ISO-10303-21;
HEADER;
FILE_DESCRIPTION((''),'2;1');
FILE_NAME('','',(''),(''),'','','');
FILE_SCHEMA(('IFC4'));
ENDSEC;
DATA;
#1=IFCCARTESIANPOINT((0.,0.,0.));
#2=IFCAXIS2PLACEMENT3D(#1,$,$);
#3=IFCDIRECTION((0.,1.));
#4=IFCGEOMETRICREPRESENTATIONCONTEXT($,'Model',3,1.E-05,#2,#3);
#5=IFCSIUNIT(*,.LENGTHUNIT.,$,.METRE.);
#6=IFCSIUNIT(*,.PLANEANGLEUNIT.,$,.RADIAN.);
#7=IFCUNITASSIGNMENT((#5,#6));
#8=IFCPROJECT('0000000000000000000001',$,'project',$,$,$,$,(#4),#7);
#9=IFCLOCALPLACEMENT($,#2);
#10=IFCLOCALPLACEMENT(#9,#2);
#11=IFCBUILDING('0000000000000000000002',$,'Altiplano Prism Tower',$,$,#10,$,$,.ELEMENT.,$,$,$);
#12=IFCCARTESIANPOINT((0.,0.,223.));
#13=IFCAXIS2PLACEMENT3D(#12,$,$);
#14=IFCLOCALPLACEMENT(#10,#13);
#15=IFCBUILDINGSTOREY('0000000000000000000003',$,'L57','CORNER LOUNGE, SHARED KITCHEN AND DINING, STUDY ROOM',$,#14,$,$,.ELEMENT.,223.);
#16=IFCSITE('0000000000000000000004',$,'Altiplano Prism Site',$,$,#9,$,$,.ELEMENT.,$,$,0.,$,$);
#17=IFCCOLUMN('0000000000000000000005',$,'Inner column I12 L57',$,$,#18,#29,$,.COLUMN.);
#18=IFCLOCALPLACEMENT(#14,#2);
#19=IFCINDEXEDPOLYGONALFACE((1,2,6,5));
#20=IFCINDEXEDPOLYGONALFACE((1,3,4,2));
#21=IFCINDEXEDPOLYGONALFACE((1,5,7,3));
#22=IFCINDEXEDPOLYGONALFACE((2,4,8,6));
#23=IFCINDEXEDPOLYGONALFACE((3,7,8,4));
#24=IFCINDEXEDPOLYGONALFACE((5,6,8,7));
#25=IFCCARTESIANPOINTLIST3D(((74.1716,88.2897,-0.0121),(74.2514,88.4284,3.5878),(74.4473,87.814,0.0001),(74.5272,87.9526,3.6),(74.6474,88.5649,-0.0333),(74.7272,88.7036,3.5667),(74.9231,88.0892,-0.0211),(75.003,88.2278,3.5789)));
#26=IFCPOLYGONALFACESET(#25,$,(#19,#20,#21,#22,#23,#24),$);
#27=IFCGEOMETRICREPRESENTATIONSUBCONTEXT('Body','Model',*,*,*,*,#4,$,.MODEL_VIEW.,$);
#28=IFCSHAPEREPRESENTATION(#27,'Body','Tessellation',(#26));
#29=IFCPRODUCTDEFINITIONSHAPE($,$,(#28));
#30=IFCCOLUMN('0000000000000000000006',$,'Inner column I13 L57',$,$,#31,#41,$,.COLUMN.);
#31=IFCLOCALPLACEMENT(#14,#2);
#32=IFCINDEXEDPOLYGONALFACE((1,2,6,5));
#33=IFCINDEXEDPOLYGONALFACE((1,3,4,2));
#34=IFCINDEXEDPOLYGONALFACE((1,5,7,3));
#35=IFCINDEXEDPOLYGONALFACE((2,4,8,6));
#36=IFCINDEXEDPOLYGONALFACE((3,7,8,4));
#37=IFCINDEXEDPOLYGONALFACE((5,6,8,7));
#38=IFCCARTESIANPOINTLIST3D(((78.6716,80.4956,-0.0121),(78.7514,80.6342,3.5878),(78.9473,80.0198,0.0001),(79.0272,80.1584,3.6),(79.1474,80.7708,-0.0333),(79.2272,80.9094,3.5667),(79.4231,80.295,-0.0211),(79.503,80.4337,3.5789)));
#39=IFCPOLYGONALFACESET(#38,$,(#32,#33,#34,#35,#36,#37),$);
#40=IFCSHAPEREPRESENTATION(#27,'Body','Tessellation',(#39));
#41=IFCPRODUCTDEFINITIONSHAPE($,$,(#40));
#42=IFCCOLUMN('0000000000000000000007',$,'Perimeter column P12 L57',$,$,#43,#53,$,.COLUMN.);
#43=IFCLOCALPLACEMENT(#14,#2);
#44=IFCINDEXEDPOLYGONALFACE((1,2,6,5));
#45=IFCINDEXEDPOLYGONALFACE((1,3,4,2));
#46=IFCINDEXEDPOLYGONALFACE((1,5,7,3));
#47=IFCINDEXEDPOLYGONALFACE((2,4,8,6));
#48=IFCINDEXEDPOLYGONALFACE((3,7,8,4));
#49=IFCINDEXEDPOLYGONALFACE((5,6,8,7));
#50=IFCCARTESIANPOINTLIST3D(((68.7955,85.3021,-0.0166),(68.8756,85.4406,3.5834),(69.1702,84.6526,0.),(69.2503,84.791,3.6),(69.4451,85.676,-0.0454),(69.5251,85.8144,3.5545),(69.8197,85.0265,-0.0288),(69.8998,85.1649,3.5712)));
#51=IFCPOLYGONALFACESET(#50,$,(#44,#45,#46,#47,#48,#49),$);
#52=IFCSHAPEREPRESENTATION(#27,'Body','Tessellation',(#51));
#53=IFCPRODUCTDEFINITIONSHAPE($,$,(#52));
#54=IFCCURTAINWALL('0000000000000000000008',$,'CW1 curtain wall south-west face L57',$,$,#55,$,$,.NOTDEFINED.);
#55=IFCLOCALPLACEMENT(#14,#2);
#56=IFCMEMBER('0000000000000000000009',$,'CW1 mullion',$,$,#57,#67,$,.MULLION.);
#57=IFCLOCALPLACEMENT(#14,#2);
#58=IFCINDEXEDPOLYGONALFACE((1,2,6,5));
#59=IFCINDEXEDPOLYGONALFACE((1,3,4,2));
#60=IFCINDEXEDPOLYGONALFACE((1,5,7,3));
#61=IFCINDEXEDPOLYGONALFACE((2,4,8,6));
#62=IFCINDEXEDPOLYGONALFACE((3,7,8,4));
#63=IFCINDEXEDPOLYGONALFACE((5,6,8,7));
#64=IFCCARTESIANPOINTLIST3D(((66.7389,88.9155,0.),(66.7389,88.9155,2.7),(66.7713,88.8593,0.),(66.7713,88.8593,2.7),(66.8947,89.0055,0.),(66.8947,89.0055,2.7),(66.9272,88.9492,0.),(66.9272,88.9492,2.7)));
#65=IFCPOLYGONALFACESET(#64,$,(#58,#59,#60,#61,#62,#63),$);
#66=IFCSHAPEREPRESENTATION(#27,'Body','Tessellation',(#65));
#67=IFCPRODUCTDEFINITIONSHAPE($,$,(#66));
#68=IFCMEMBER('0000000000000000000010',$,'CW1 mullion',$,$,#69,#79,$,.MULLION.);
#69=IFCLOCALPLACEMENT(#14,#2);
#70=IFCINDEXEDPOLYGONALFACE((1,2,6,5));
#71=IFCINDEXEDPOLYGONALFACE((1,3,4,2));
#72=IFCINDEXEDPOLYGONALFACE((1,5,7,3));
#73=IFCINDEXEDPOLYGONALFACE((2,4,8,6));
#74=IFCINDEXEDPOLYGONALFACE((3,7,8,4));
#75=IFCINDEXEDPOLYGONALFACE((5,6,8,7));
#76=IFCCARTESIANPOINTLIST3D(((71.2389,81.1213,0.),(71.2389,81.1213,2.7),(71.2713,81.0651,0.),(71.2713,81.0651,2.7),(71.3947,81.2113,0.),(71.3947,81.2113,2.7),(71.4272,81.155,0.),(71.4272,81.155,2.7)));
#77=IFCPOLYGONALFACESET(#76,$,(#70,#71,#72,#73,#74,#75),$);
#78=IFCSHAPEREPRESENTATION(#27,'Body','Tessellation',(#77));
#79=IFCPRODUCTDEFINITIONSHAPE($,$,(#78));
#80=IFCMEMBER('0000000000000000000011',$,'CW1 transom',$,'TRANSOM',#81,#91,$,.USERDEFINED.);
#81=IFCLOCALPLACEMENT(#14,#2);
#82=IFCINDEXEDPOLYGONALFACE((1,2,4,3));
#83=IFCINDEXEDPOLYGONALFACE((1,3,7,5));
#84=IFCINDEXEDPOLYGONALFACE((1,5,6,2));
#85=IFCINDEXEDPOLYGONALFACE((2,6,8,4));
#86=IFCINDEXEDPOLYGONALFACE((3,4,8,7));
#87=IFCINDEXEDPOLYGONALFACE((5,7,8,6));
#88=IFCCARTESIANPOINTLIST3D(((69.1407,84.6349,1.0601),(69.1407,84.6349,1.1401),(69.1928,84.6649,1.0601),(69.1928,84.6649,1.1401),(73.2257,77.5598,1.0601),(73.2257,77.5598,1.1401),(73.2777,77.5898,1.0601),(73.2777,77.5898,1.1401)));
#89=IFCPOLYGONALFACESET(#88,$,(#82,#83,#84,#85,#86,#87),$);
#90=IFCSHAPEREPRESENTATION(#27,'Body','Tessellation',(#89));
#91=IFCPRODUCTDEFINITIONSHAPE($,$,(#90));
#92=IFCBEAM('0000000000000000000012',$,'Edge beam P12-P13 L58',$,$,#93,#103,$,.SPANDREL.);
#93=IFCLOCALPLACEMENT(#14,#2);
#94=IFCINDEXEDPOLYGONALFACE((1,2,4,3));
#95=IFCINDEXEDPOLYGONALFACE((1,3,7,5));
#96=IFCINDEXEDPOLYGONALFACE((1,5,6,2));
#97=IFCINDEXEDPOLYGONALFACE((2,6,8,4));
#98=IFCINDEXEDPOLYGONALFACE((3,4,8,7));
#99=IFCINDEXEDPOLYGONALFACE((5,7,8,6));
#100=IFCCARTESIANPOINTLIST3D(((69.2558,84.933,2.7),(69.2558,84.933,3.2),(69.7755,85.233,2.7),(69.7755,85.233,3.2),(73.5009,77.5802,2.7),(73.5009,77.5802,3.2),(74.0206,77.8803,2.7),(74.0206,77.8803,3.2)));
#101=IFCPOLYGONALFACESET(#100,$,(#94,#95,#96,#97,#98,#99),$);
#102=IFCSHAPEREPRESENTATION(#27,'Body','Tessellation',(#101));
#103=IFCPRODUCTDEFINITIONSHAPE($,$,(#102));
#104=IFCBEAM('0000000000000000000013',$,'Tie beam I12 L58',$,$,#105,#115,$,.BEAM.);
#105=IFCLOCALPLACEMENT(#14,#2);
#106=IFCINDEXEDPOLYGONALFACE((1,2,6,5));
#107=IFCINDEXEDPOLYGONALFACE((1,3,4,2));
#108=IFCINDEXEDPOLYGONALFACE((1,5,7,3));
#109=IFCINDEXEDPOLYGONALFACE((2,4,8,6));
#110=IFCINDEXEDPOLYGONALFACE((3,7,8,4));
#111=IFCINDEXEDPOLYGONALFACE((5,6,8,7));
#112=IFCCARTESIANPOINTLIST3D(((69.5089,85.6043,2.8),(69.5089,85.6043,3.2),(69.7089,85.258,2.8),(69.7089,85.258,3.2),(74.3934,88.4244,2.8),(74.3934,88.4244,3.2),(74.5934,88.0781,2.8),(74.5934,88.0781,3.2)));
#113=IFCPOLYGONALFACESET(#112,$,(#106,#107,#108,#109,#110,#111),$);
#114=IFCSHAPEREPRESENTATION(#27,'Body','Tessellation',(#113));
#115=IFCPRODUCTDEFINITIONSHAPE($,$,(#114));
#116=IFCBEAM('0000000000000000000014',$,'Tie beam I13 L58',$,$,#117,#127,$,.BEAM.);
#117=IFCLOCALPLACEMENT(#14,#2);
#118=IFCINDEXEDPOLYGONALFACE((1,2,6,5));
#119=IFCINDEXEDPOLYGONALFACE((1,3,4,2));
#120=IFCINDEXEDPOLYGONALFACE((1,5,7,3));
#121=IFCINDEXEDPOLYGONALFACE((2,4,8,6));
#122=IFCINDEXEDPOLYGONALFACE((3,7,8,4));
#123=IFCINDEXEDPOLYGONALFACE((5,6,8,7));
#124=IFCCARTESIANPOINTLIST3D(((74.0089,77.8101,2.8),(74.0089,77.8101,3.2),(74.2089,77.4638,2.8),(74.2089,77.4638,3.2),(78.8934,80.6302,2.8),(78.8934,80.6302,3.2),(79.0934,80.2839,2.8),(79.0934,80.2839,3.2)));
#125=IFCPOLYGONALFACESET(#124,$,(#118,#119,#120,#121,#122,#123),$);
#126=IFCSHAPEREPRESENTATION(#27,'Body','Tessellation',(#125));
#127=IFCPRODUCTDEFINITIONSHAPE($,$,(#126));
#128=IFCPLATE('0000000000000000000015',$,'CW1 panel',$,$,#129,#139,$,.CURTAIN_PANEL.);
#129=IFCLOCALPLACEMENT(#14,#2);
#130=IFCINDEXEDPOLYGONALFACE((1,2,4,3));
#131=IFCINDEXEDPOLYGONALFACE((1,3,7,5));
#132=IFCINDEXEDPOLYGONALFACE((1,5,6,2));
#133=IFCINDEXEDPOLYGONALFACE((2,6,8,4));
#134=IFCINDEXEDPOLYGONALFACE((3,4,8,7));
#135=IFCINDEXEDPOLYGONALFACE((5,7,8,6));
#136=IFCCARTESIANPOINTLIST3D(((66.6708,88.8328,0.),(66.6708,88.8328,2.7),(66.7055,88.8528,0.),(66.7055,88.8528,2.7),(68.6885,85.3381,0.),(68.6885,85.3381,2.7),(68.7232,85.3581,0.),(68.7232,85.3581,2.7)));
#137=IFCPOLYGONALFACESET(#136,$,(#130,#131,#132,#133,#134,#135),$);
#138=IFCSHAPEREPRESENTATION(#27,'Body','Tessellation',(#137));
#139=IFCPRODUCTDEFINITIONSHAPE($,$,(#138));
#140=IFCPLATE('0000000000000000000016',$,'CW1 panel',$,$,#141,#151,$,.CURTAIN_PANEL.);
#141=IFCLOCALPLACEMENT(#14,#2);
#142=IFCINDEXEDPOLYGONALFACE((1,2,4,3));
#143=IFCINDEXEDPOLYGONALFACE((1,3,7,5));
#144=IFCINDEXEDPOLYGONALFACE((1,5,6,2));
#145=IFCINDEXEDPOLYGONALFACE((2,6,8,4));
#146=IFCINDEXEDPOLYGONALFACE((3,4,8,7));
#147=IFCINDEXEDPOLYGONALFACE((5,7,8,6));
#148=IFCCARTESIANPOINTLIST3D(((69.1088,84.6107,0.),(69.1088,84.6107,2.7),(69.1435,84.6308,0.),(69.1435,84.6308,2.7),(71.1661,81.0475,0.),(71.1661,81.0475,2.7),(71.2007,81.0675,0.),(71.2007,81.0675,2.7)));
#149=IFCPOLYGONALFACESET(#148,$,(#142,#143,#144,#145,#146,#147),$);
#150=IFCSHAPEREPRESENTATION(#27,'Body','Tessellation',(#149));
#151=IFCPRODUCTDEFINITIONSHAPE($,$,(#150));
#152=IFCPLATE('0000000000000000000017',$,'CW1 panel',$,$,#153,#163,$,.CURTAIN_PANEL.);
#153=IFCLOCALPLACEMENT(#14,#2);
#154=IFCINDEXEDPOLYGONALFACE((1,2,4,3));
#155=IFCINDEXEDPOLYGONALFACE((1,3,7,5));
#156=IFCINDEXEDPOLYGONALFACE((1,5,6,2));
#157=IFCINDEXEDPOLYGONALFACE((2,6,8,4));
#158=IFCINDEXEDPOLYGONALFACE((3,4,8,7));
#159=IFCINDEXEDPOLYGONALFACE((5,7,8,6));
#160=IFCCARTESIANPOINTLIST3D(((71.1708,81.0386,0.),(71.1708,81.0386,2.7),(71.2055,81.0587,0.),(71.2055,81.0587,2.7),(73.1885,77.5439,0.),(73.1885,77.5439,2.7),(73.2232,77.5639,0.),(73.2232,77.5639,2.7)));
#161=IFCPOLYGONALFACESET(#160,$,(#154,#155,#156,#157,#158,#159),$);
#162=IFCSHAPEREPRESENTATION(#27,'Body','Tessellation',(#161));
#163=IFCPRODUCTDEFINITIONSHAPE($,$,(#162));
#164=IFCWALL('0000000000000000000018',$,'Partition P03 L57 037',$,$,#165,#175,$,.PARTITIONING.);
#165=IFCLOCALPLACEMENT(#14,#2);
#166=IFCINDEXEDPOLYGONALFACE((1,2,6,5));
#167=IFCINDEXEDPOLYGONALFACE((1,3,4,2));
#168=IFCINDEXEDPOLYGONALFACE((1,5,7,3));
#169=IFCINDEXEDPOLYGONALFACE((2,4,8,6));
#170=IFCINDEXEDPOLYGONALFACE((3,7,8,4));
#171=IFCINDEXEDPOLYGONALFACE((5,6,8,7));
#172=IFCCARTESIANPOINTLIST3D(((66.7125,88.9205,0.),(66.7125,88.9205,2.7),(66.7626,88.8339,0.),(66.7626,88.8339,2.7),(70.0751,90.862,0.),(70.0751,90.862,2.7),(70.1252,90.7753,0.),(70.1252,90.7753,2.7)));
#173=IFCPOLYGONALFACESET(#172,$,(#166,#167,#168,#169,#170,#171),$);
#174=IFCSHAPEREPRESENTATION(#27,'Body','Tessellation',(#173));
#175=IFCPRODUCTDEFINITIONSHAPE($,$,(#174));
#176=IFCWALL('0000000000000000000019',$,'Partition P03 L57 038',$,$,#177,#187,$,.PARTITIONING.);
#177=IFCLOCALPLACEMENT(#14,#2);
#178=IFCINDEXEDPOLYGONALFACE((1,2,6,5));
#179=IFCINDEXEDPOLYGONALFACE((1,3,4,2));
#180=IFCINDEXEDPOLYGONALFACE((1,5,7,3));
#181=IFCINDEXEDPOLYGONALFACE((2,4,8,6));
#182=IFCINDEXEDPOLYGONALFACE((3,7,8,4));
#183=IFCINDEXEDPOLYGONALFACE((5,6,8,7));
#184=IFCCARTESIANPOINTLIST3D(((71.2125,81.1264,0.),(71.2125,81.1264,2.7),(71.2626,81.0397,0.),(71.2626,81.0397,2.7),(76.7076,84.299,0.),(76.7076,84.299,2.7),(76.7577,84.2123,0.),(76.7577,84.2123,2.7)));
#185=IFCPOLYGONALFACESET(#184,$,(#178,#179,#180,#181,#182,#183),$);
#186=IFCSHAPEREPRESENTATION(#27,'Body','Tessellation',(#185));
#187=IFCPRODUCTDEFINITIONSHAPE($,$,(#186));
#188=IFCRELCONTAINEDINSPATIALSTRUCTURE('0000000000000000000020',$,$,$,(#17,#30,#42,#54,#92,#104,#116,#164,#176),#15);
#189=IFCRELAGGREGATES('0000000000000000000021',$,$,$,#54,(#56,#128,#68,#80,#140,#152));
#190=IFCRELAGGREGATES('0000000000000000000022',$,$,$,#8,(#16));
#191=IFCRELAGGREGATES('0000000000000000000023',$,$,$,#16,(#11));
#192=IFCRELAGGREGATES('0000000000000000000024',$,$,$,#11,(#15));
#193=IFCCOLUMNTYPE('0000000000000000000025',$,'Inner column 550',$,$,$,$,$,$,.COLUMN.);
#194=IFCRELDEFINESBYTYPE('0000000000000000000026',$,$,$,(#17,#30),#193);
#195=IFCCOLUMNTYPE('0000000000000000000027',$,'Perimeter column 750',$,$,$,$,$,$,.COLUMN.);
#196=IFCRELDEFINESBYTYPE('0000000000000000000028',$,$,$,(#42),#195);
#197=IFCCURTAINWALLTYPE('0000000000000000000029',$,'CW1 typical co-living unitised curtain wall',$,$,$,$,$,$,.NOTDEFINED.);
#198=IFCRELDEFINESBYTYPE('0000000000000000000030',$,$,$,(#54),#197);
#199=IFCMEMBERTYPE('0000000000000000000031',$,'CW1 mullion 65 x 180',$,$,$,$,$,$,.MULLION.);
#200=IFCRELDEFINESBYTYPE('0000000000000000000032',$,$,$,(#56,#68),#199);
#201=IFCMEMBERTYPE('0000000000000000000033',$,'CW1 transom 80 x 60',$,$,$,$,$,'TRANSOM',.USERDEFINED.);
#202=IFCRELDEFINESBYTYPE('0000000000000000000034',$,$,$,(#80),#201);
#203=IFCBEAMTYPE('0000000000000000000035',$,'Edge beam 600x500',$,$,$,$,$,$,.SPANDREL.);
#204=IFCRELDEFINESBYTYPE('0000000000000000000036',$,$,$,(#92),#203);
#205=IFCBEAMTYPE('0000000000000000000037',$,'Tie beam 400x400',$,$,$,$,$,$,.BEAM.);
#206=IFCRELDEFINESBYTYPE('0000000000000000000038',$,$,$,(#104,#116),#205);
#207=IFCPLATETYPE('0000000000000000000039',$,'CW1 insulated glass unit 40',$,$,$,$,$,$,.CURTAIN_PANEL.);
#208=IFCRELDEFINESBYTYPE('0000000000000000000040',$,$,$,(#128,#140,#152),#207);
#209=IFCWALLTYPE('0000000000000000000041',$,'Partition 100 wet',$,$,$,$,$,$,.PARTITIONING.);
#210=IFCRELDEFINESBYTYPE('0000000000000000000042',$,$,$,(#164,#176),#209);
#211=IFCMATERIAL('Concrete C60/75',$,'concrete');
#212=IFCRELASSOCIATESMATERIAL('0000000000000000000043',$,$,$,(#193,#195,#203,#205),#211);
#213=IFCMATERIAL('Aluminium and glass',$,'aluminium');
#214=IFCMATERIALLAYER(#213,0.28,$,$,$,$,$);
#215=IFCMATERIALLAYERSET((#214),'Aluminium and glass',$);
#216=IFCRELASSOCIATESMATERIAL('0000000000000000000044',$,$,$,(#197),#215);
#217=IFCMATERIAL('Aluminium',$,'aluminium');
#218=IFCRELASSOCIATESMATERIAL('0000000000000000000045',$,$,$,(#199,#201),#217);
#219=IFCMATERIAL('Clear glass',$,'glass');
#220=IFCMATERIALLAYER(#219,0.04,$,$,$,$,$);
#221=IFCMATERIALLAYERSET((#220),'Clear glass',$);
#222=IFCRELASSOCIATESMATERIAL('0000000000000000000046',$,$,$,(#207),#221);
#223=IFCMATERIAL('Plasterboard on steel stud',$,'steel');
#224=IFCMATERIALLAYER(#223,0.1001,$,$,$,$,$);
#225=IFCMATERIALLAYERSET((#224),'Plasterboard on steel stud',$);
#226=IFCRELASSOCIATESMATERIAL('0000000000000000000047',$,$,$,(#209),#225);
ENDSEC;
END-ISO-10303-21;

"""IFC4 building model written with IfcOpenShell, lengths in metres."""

from ifc_helpers import new_model, si_unit, direction, frame, frame_2d, origin, origin_2d, place, context, subcontext, project, spatial, rectangle, extrude, material, layer, layer_set, material_profile, profile_set, type_object, element, aggregate, save


model = new_model("IFC4")

# Units and contexts
model_context = context("Model", 3, precision=1e-05, world=origin(), true_north=direction((0.0, 1.0)))
body_context = subcontext(model_context, "Body", "Model", "MODEL_VIEW")
ifc_project = project(units=[si_unit("LENGTHUNIT", "METRE"), si_unit("PLANEANGLEUNIT", "RADIAN")], contexts=[model_context])

# Site, building, storey
site_placement = place(None, origin())
site = spatial("IfcSite", under=ifc_project, at=site_placement, Name="Altiplano Prism Site", CompositionType="ELEMENT", RefElevation=0.0)
building_placement = place(site_placement, origin())
building = spatial("IfcBuilding", under=site, at=building_placement, Name="Altiplano Prism Tower", CompositionType="ELEMENT")
storey_placement = place(building_placement, frame((0.0, 0.0, 223.0)))
storey = spatial("IfcBuildingStorey", under=building, at=storey_placement, Name="L57", Description="CORNER LOUNGE, SHARED KITCHEN AND DINING, STUDY ROOM", CompositionType="ELEMENT", Elevation=223.0)

# Columns
ifc_material_1 = material(Name="Concrete C60/75", Category="concrete")
ifc_material_profile_1 = material_profile(ifc_material_1, rectangle(XDim=0.55, YDim=0.55, at=origin_2d()), Name="Inner column 550")
ifc_profile_set_1 = profile_set([ifc_material_profile_1], Name="Concrete C60/75")
column_type_1 = type_object("IfcColumnType", Name="Inner column 550", PredefinedType="COLUMN", material=ifc_profile_set_1)
for number, where, z_axis, x_axis, name in (
    (1, (74.5474, 88.1895, -0.0166), (0.022155, 0.038484, 0.999014), (-0.864982, -0.500327, 0.038456), "Inner column I12 L57"),
    (2, (79.0474, 80.3953, -0.0166), (0.022155, 0.038484, 0.999014), (-0.864981, -0.500329, 0.038456), "Inner column I13 L57"),
):
    element("IfcColumn", number, at=place(storey_placement, frame(where, z_axis=z_axis, x_axis=x_axis)), inside=storey, type_object=column_type_1, Name=name, PredefinedType="COLUMN", context=body_context, shape_type="SweptSolid", body=[
        extrude(rectangle(XDim=0.55, YDim=0.55, at=origin_2d()), origin(), (0.0, 0.0, 1.0), 3.6035),
    ])
ifc_material_profile_2 = material_profile(ifc_material_1, rectangle(XDim=0.75, YDim=0.75, at=origin_2d()), Name="Perimeter column 750")
ifc_profile_set_2 = profile_set([ifc_material_profile_2], Name="Concrete C60/75")
column_type_2 = type_object("IfcColumnType", Name="Perimeter column 750", PredefinedType="COLUMN", material=ifc_profile_set_2)
column_placement = place(storey_placement, frame((69.3076, 85.1643, -0.0227), z_axis=(0.022223, 0.038416, 0.999015), x_axis=(-0.866024, -0.498523, 0.038435)))
element("IfcColumn", 3, at=column_placement, inside=storey, type_object=column_type_2, Name="Perimeter column P12 L57", PredefinedType="COLUMN", context=body_context, shape_type="SweptSolid", body=[
    extrude(rectangle(XDim=0.75, YDim=0.75, at=origin_2d()), origin(), (0.0, 0.0, 1.0), 3.6035),
])

# Curtain wall, members
ifc_material_2 = material(Name="Aluminium and glass", Category="aluminium")
ifc_layer_1 = layer(ifc_material_2, 0.28)
ifc_layer_set_1 = layer_set([ifc_layer_1], Name="Aluminium and glass")
curtain_wall_type = type_object("IfcCurtainWallType", Name="CW1 typical co-living unitised curtain wall", PredefinedType="NOTDEFINED", material=ifc_layer_set_1)
curtain_wall_placement = place(storey_placement, origin())
curtain_wall = element("IfcCurtainWall", 4, at=curtain_wall_placement, inside=storey, type_object=curtain_wall_type, Name="CW1 curtain wall south-west face L57", PredefinedType="NOTDEFINED")
ifc_material_3 = material(Name="Aluminium", Category="aluminium")
ifc_material_profile_3 = material_profile(ifc_material_3, rectangle(XDim=0.1799, YDim=0.0649, at=origin_2d()), Name="CW1 mullion 65 x 180")
ifc_profile_set_3 = profile_set([ifc_material_profile_3], Name="Aluminium")
member_type_1 = type_object("IfcMemberType", Name="CW1 mullion 65 x 180", PredefinedType="MULLION", material=ifc_profile_set_3)
member_1_placement = place(storey_placement, frame((66.833, 88.9324, 0.0), z_axis=(0.0, 0.0, 1.0), x_axis=(0.866025, 0.5, 0.0)))
member_1 = element("IfcMember", 5, at=member_1_placement, type_object=member_type_1, Name="CW1 mullion", PredefinedType="MULLION", context=body_context, shape_type="SweptSolid", body=[
    extrude(rectangle(XDim=0.1799, YDim=0.0649, at=origin_2d()), origin(), (0.0, 0.0, 1.0), 2.7),
])
member_2_placement = place(storey_placement, frame((71.333, 81.1382, 0.0), z_axis=(0.0, 0.0, 1.0), x_axis=(0.866025, 0.5, 0.0)))
member_2 = element("IfcMember", 6, at=member_2_placement, type_object=member_type_1, Name="CW1 mullion", PredefinedType="MULLION", context=body_context, shape_type="SweptSolid", body=[
    extrude(rectangle(XDim=0.1799, YDim=0.0649, at=origin_2d()), origin(), (0.0, 0.0, 1.0), 2.7),
])
ifc_material_profile_4 = material_profile(ifc_material_3, rectangle(XDim=0.0601, YDim=0.0801, at=origin_2d()), Name="CW1 transom 80 x 60")
ifc_profile_set_4 = profile_set([ifc_material_profile_4], Name="Aluminium")
member_type_2 = type_object("IfcMemberType", Name="CW1 transom 80 x 60", ElementType="TRANSOM", PredefinedType="USERDEFINED", material=ifc_profile_set_4)
member_3_placement = place(storey_placement, frame((69.1667, 84.6499, 1.1001), z_axis=(0.500009, -0.86602, 0.0), x_axis=(0.86602, 0.500009, 0.0)))
member_3 = element("IfcMember", 7, at=member_3_placement, type_object=member_type_2, Name="CW1 transom", ObjectType="TRANSOM", PredefinedType="USERDEFINED", context=body_context, shape_type="SweptSolid", body=[
    extrude(rectangle(XDim=0.0601, YDim=0.0801, at=origin_2d()), origin(), (0.0, 0.0, 1.0), 8.1697),
])

# Beams
ifc_material_profile_5 = material_profile(ifc_material_1, rectangle(XDim=0.6001, YDim=0.5, at=origin_2d()), Name="Edge beam 600x500")
ifc_profile_set_5 = profile_set([ifc_material_profile_5], Name="Concrete C60/75")
beam_type_1 = type_object("IfcBeamType", Name="Edge beam 600x500", PredefinedType="SPANDREL", material=ifc_profile_set_5)
beam_placement = place(storey_placement, frame((69.5156, 85.083, 2.95), z_axis=(0.499999, -0.866026, 0.0), x_axis=(0.866026, 0.499999, 0.0)))
element("IfcBeam", 8, at=beam_placement, inside=storey, type_object=beam_type_1, Name="Edge beam P12-P13 L58", PredefinedType="SPANDREL", context=body_context, shape_type="SweptSolid", body=[
    extrude(rectangle(XDim=0.6001, YDim=0.5, at=origin_2d()), origin(), (0.0, 0.0, 1.0), 8.4902),
])
ifc_material_profile_6 = material_profile(ifc_material_1, rectangle(XDim=0.3999, YDim=0.3999, at=origin_2d()), Name="Tie beam 400x400")
ifc_profile_set_6 = profile_set([ifc_material_profile_6], Name="Concrete C60/75")
beam_type_2 = type_object("IfcBeamType", Name="Tie beam 400x400", PredefinedType="BEAM", material=ifc_profile_set_6)
for number, where, z_axis, x_axis, name in (
    (9, (74.4934, 88.2512, 3.0), (-0.866026, -0.499998, 0.0), (0.499998, -0.866026, 0.0), "Tie beam I12 L58"),
    (10, (78.9934, 80.457, 3.0), (-0.866026, -0.499998, 0.0), (0.499998, -0.866026, 0.0), "Tie beam I13 L58"),
):
    element("IfcBeam", number, at=place(storey_placement, frame(where, z_axis=z_axis, x_axis=x_axis)), inside=storey, type_object=beam_type_2, Name=name, PredefinedType="BEAM", context=body_context, shape_type="SweptSolid", body=[
        extrude(rectangle(XDim=0.3999, YDim=0.3999, at=origin_2d()), origin(), (0.0, 0.0, 1.0), 5.6401),
    ])

# Plates
ifc_material_4 = material(Name="Clear glass", Category="glass")
ifc_layer_2 = layer(ifc_material_4, 0.04)
ifc_layer_set_2 = layer_set([ifc_layer_2], Name="Clear glass")
plate_type = type_object("IfcPlateType", Name="CW1 insulated glass unit 40", PredefinedType="CURTAIN_PANEL", material=ifc_layer_set_2)
plate_1_placement = place(storey_placement, frame((67.697, 87.0955, 0.0), z_axis=(0.0, 0.0, 1.0), x_axis=(0.5, -0.866025, 0.0)))
plate_1 = element("IfcPlate", 11, at=plate_1_placement, type_object=plate_type, Name="CW1 panel", PredefinedType="CURTAIN_PANEL", context=body_context, shape_type="SweptSolid", body=[
    extrude(rectangle(XDim=4.0354, YDim=0.04, at=origin_2d()), origin(), (0.0, 0.0, 1.0), 2.7),
])
plate_2_placement = place(storey_placement, frame((70.1548, 82.8391, 0.0), z_axis=(0.0, 0.0, 1.0), x_axis=(0.5, -0.866025, 0.0)))
plate_2 = element("IfcPlate", 12, at=plate_2_placement, type_object=plate_type, Name="CW1 panel", PredefinedType="CURTAIN_PANEL", context=body_context, shape_type="SweptSolid", body=[
    extrude(rectangle(XDim=4.1145, YDim=0.04, at=origin_2d()), origin(), (0.0, 0.0, 1.0), 2.7),
])
plate_3_placement = place(storey_placement, frame((72.197, 79.3013, 0.0), z_axis=(0.0, 0.0, 1.0), x_axis=(0.5, -0.866025, 0.0)))
plate_3 = element("IfcPlate", 13, at=plate_3_placement, type_object=plate_type, Name="CW1 panel", PredefinedType="CURTAIN_PANEL", context=body_context, shape_type="SweptSolid", body=[
    extrude(rectangle(XDim=4.0354, YDim=0.04, at=origin_2d()), origin(), (0.0, 0.0, 1.0), 2.7),
])
aggregate(curtain_wall, [member_1, plate_1, member_2, member_3, plate_2, plate_3])

# Walls
ifc_material_5 = material(Name="Plasterboard on steel stud", Category="steel")
ifc_layer_3 = layer(ifc_material_5, 0.1001)
ifc_layer_set_3 = layer_set([ifc_layer_3], Name="Plasterboard on steel stud")
wall_type_1 = type_object("IfcWallType", Name="Partition 100 wet", PredefinedType="PARTITIONING", material=ifc_layer_set_3)
wall_1_placement = place(storey_placement, frame((66.7375, 88.8772, 0.0), z_axis=(0.0, 0.0, 1.0), x_axis=(0.866021, 0.500007, 0.0)))
element("IfcWall", 14, at=wall_1_placement, inside=storey, type_object=wall_type_1, Name="Partition P03 L57 037", PredefinedType="PARTITIONING", context=body_context, shape_type="SweptSolid", body=[
    extrude(rectangle(XDim=3.8828, YDim=0.1001, at=frame_2d((1.9414, 0.0))), origin(), (0.0, 0.0, 1.0), 2.7),
])
wall_2_placement = place(storey_placement, frame((71.2375, 81.083, 0.0), z_axis=(0.0, 0.0, 1.0), x_axis=(0.866025, 0.5, 0.0)))
element("IfcWall", 15, at=wall_2_placement, inside=storey, type_object=wall_type_1, Name="Partition P03 L57 038", PredefinedType="PARTITIONING", context=body_context, shape_type="SweptSolid", body=[
    extrude(rectangle(XDim=6.3452, YDim=0.1001, at=frame_2d((3.1726, 0.0))), origin(), (0.0, 0.0, 1.0), 2.7),
])

save(model, "model.ifc")
